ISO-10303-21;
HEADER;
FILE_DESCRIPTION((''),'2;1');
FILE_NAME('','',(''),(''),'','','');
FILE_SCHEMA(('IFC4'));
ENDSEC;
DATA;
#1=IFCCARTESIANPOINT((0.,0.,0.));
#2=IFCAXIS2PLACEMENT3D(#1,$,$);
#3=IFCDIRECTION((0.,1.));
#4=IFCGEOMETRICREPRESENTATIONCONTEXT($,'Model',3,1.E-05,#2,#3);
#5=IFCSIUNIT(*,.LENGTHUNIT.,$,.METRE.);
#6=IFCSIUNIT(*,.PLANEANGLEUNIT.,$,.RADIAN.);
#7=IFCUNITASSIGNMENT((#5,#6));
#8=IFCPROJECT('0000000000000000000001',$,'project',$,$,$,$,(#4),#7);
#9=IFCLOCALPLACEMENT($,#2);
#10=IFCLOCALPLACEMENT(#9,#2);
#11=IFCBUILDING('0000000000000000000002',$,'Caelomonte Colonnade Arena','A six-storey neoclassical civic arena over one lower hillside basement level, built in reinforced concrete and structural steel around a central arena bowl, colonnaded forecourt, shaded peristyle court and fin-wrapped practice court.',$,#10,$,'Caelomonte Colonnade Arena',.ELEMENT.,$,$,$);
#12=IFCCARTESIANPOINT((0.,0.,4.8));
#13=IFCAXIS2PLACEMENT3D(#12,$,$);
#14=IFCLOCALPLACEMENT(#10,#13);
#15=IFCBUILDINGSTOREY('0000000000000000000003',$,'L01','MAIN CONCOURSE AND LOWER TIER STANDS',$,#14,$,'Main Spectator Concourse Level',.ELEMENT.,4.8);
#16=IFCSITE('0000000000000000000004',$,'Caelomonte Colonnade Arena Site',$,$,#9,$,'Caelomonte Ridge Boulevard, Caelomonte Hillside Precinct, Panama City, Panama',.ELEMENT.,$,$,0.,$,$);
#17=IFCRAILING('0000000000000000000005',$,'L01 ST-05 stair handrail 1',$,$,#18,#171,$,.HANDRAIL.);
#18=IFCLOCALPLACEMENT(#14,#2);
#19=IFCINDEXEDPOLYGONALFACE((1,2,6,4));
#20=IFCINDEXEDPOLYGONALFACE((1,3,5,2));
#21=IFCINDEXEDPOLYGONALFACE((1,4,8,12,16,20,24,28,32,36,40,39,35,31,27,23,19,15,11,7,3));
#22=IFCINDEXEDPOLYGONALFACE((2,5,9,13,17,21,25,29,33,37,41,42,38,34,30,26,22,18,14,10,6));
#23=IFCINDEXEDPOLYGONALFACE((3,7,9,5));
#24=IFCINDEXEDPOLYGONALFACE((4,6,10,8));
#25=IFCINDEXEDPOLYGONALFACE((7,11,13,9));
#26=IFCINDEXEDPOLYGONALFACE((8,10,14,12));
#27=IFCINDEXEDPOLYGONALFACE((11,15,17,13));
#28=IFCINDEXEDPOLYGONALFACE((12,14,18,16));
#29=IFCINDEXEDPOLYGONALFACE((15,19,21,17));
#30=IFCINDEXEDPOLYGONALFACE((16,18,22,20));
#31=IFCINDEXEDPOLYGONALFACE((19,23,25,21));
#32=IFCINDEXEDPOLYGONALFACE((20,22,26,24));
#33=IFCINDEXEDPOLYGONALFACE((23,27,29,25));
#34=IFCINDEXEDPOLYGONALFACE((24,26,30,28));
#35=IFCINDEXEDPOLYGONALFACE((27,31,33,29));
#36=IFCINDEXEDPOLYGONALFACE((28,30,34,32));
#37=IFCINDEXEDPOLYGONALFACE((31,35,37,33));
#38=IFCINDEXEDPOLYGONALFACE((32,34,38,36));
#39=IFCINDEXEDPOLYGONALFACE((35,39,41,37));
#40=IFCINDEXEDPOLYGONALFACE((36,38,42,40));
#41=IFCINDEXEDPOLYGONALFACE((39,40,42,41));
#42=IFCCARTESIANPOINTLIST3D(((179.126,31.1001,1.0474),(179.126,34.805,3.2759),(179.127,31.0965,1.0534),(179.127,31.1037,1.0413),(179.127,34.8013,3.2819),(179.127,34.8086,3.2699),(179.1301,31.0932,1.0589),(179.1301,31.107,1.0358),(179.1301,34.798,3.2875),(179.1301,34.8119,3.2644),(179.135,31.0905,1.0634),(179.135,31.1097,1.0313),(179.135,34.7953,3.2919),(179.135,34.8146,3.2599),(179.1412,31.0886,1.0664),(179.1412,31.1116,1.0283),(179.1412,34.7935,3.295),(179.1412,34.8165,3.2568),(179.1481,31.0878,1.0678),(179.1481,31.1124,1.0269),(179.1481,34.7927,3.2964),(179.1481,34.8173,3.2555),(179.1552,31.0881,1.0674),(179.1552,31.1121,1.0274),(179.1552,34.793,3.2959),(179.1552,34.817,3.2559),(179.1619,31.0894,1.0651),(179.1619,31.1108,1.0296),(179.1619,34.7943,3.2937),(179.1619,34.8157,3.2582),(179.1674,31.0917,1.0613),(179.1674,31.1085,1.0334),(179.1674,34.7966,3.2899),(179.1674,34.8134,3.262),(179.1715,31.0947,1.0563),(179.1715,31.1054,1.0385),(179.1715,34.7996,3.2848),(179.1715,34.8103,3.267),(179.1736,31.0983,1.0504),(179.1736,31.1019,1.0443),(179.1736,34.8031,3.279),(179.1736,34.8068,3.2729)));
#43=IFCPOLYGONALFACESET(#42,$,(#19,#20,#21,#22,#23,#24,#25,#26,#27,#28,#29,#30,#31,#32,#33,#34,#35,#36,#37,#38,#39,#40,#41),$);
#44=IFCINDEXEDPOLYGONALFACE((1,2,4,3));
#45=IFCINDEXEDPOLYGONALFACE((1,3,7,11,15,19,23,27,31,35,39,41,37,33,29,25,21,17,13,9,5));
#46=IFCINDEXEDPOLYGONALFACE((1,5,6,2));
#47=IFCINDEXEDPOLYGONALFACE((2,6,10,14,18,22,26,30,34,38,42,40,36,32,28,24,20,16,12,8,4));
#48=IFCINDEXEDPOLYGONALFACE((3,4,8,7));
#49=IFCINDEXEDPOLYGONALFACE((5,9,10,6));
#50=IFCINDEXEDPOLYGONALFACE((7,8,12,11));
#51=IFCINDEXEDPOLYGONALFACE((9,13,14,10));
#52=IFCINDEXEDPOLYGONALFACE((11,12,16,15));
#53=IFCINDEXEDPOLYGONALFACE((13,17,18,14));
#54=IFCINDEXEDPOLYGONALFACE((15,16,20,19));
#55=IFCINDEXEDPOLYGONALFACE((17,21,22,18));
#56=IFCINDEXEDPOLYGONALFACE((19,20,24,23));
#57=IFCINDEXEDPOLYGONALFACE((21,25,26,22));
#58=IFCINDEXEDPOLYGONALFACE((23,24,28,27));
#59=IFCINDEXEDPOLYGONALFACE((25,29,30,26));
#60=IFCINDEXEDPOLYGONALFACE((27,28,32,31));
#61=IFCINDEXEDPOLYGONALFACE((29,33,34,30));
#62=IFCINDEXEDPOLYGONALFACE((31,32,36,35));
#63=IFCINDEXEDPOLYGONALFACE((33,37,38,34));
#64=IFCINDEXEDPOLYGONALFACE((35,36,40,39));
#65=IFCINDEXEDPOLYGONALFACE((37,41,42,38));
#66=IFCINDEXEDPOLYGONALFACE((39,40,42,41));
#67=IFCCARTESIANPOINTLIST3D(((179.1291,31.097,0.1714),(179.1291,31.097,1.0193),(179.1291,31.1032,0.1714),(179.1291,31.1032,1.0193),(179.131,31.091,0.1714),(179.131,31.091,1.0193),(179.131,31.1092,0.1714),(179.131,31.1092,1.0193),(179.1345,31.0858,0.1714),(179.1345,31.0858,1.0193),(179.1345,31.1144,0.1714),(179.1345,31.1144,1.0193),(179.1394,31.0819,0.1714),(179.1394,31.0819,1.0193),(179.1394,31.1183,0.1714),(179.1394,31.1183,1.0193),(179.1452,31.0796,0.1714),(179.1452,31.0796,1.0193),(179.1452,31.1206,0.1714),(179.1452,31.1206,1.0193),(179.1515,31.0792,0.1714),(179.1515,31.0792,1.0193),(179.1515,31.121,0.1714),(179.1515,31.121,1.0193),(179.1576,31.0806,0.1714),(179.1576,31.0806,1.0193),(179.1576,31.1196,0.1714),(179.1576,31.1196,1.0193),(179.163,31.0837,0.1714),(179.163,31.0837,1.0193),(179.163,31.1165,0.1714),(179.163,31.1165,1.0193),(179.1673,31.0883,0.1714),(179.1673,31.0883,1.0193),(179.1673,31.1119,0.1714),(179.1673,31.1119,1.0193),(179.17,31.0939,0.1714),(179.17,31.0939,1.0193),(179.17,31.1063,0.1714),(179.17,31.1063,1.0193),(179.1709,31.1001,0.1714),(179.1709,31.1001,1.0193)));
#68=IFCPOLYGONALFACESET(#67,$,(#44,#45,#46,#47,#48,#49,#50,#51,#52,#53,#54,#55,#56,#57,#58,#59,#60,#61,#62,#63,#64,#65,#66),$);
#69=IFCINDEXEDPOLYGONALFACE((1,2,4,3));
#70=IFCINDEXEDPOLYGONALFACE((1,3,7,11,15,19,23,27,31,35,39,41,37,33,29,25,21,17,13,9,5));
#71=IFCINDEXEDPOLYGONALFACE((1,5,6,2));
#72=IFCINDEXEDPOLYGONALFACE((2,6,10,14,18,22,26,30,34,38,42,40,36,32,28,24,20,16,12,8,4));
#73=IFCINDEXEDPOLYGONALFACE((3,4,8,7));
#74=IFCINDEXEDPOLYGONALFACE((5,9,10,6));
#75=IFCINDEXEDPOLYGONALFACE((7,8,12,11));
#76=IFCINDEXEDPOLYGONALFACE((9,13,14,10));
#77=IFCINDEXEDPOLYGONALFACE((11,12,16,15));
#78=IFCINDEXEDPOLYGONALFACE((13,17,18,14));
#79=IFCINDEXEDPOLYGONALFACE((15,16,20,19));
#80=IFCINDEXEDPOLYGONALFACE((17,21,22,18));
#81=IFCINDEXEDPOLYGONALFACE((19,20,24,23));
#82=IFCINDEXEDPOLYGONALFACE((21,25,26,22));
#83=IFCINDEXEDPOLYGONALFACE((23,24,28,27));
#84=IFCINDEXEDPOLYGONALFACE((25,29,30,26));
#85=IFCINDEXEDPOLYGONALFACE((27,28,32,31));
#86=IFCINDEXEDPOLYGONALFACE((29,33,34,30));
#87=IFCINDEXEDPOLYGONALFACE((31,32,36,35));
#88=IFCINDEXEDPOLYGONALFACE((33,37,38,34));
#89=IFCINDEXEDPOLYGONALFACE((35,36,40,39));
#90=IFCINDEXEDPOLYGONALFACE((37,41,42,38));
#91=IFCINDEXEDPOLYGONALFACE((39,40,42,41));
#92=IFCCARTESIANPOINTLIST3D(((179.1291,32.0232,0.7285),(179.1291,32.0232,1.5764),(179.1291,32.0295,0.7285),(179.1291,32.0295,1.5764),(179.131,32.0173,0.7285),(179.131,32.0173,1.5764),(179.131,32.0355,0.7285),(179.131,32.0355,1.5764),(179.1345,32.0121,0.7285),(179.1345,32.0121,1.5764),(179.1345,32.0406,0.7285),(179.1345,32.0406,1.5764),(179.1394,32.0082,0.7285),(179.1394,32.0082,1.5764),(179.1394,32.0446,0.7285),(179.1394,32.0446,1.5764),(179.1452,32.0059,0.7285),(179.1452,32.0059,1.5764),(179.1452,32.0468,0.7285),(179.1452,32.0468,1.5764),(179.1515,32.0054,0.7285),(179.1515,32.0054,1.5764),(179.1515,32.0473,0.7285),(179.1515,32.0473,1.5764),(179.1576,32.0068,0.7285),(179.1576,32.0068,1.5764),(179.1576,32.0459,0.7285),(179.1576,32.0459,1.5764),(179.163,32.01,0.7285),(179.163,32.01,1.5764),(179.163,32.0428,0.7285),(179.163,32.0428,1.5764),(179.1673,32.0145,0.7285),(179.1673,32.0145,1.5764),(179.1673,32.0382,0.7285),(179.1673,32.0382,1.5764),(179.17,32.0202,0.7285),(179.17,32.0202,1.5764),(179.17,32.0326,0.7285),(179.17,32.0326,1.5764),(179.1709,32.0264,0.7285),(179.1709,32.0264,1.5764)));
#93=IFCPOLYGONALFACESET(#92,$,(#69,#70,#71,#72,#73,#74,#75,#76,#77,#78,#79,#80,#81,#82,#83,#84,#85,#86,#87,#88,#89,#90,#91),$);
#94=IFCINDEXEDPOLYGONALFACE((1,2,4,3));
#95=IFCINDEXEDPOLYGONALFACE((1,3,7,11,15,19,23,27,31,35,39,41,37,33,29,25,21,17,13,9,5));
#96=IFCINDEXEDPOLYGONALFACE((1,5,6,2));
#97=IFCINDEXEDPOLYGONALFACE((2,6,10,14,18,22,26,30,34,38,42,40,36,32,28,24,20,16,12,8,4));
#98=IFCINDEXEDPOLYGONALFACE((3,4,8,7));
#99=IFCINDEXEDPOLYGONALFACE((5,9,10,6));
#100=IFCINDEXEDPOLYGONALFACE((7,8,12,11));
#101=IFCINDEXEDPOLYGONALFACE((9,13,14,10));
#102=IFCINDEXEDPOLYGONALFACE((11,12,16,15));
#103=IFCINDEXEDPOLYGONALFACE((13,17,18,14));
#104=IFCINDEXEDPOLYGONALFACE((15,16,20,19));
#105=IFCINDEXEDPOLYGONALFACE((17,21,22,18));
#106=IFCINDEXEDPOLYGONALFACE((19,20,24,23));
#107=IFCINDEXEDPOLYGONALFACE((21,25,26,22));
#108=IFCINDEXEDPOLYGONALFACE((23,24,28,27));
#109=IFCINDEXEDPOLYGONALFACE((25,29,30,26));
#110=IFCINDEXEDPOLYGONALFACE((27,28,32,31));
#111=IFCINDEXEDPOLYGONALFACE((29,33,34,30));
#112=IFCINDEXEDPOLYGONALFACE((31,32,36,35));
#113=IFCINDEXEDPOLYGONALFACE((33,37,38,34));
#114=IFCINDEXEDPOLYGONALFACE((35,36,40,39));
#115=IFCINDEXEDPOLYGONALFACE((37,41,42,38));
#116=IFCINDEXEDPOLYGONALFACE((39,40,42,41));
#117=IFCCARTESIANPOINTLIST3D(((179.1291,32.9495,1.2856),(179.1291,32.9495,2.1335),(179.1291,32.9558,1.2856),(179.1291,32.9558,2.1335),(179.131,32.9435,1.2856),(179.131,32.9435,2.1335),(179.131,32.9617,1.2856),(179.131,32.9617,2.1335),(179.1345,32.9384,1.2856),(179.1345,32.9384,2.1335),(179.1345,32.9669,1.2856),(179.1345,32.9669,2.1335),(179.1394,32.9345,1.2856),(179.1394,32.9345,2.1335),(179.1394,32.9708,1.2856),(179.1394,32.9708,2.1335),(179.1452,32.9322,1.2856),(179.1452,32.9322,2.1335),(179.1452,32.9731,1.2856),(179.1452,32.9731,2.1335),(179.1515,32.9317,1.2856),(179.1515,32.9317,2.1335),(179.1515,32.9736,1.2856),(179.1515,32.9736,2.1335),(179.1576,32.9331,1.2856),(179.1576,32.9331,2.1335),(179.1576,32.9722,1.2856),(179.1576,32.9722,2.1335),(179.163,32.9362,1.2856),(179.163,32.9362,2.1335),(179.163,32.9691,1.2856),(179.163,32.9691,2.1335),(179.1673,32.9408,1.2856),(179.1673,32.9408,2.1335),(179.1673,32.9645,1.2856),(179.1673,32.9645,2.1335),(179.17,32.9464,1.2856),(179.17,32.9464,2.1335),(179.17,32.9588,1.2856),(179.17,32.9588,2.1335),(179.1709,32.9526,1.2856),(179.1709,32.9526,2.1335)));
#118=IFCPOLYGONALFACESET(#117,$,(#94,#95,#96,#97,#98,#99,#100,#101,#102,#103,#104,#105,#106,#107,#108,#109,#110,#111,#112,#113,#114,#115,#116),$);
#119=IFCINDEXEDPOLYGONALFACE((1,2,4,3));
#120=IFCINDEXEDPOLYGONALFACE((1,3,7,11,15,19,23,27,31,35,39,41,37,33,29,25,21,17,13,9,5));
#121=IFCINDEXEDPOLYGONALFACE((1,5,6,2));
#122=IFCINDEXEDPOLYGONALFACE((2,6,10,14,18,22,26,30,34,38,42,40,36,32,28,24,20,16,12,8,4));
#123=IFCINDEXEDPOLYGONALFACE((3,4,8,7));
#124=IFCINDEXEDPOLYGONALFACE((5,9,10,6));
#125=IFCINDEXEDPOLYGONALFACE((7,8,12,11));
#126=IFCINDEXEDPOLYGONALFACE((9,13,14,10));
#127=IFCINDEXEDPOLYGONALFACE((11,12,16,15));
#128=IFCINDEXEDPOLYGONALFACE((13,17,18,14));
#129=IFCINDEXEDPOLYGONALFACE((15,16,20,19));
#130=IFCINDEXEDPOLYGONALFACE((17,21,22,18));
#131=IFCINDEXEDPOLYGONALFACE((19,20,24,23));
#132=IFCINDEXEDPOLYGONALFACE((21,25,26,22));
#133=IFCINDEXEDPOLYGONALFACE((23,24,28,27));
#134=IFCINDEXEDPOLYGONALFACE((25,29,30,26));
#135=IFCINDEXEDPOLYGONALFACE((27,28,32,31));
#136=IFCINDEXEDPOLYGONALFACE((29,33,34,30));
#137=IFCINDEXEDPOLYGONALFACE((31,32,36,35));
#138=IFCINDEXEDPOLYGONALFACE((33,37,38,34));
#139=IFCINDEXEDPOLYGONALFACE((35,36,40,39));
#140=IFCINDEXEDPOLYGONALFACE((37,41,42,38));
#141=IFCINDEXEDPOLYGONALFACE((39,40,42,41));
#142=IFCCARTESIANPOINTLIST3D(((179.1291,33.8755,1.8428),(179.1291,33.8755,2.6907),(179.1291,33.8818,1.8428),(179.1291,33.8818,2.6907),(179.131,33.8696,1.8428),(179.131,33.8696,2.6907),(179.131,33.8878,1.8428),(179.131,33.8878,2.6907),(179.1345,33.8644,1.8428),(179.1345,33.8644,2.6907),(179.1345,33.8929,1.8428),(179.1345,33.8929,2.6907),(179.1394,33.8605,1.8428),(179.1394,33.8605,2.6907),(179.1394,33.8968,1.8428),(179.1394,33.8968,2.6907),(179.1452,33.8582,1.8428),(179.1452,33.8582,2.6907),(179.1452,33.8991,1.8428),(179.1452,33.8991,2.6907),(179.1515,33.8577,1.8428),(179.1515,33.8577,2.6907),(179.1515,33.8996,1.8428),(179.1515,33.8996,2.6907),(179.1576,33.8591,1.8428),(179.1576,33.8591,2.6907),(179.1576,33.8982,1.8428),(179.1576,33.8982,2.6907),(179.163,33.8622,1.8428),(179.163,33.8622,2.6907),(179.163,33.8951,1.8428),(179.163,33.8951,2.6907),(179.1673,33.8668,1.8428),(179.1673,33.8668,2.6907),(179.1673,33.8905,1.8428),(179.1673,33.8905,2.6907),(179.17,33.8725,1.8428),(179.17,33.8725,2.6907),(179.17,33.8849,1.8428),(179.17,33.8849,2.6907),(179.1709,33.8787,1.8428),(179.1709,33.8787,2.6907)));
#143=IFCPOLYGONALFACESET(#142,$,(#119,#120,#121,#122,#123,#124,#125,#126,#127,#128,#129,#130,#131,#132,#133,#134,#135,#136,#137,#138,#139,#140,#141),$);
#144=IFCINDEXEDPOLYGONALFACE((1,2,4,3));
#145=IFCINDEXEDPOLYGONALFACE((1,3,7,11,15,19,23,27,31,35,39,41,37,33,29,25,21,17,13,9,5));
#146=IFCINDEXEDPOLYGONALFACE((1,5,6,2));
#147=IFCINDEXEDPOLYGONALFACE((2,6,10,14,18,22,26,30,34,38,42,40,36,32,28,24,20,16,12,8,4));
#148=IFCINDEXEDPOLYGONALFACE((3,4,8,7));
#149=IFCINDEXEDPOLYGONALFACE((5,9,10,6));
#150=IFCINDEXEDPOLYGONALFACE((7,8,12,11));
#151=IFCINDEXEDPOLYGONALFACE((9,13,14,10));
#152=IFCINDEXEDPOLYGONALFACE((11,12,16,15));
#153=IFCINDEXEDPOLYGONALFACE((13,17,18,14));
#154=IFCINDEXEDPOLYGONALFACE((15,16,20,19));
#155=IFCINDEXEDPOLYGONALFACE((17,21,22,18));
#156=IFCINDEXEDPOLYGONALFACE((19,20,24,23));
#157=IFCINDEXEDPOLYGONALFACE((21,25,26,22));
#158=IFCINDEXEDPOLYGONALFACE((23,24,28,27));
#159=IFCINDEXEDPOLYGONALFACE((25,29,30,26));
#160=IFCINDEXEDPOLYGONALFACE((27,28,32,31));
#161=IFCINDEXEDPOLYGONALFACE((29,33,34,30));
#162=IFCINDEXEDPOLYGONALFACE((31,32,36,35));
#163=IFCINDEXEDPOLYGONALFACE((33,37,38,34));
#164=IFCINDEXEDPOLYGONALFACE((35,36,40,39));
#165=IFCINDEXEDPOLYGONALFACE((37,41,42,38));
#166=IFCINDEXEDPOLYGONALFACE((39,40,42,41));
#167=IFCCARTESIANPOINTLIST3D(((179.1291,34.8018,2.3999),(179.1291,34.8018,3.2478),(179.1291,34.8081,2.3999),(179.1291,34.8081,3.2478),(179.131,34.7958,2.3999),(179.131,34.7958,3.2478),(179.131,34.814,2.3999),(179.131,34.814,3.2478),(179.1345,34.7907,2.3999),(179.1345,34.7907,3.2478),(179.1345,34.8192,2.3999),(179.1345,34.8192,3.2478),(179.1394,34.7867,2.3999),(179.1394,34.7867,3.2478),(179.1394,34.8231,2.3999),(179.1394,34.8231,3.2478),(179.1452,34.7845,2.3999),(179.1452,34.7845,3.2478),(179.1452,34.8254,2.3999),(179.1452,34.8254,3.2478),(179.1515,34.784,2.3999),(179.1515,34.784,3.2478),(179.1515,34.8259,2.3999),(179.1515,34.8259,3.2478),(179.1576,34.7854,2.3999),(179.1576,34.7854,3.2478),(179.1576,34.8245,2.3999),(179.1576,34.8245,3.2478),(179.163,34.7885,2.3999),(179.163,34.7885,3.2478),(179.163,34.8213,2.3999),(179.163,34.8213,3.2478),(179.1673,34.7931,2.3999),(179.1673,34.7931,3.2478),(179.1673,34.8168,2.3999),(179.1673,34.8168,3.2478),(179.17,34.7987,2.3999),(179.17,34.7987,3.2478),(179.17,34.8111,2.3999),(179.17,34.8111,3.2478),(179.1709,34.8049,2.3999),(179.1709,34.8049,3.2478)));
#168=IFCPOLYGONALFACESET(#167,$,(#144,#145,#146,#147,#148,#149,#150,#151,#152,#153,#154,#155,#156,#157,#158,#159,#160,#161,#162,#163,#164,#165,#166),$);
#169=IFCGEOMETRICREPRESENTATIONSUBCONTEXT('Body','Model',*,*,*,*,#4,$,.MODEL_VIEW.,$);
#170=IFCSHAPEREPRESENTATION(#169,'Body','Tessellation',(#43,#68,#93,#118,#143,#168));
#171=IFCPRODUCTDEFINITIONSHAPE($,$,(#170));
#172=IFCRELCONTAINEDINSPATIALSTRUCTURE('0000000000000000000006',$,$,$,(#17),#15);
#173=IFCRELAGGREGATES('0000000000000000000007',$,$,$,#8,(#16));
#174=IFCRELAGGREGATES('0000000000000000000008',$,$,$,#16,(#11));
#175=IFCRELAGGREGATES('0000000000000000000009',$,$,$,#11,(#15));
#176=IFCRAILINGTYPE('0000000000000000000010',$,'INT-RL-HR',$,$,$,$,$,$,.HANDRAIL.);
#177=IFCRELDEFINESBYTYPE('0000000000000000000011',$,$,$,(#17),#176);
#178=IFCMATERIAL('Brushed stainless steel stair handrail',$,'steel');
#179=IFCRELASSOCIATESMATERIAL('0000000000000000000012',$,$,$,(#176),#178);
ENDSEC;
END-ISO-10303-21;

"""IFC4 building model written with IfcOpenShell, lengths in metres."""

from ifc_helpers import new_model, si_unit, direction, frame, origin, origin_2d, place, context, subcontext, project, spatial, circle, extrude, material, type_object, element, save


model = new_model("IFC4")

# Units and contexts
model_context = context("Model", 3, precision=1e-05, world=origin(), true_north=direction((0.0, 1.0)))
body_context = subcontext(model_context, "Body", "Model", "MODEL_VIEW")
ifc_project = project(units=[si_unit("LENGTHUNIT", "METRE"), si_unit("PLANEANGLEUNIT", "RADIAN")], contexts=[model_context])

# Site, building, storey
site_placement = place(None, origin())
site = spatial("IfcSite", under=ifc_project, at=site_placement, Name="Caelomonte Colonnade Arena Site", LongName="Caelomonte Ridge Boulevard, Caelomonte Hillside Precinct, Panama City, Panama", CompositionType="ELEMENT", RefElevation=0.0)
building_placement = place(site_placement, origin())
building = spatial("IfcBuilding", under=site, at=building_placement, Name="Caelomonte Colonnade Arena", Description="A six-storey neoclassical civic arena over one lower hillside basement level, built in reinforced concrete and structural steel around a central arena bowl, colonnaded forecourt, shaded peristyle court and fin-wrapped practice court.", LongName="Caelomonte Colonnade Arena", CompositionType="ELEMENT")
storey_placement = place(building_placement, frame((0.0, 0.0, 4.8)))
storey = spatial("IfcBuildingStorey", under=building, at=storey_placement, Name="L01", Description="MAIN CONCOURSE AND LOWER TIER STANDS", LongName="Main Spectator Concourse Level", CompositionType="ELEMENT", Elevation=4.8)

# Railing
ifc_material_1 = material(Name="Brushed stainless steel stair handrail", Category="steel")
railing_type_1 = type_object("IfcRailingType", Name="INT-RL-HR", PredefinedType="HANDRAIL", material=ifc_material_1)
railing_1_placement = place(storey_placement, frame((179.1499, 31.1001, 0.1714)))
element("IfcRailing", 1, at=railing_1_placement, inside=storey, type_object=railing_type_1, Name="L01 ST-05 stair handrail 1", PredefinedType="HANDRAIL", context=body_context, shape_type="SweptSolid", body=[
    extrude(circle(Radius=0.0239, at=origin_2d()), frame((0.0, 0.0, 0.876), z_axis=(0.0, 0.856919, 0.51545), x_axis=(-1.0, 0.0, 0.0)), (0.0, 0.0, 1.0), 4.3235),
    extrude(circle(Radius=0.021, at=origin_2d()), origin(), (0.0, 0.0, 1.0), 0.8479),
    extrude(circle(Radius=0.021, at=origin_2d()), frame((0.0, 0.9263, 0.5571)), (0.0, 0.0, 1.0), 0.8479),
    extrude(circle(Radius=0.021, at=origin_2d()), frame((0.0, 1.8525, 1.1143)), (0.0, 0.0, 1.0), 0.8479),
    extrude(circle(Radius=0.021, at=origin_2d()), frame((0.0, 2.7786, 1.6714)), (0.0, 0.0, 1.0), 0.8479),
    extrude(circle(Radius=0.021, at=origin_2d()), frame((0.0, 3.7048, 2.2285)), (0.0, 0.0, 1.0), 0.8479),
])

save(model, "model.ifc")
